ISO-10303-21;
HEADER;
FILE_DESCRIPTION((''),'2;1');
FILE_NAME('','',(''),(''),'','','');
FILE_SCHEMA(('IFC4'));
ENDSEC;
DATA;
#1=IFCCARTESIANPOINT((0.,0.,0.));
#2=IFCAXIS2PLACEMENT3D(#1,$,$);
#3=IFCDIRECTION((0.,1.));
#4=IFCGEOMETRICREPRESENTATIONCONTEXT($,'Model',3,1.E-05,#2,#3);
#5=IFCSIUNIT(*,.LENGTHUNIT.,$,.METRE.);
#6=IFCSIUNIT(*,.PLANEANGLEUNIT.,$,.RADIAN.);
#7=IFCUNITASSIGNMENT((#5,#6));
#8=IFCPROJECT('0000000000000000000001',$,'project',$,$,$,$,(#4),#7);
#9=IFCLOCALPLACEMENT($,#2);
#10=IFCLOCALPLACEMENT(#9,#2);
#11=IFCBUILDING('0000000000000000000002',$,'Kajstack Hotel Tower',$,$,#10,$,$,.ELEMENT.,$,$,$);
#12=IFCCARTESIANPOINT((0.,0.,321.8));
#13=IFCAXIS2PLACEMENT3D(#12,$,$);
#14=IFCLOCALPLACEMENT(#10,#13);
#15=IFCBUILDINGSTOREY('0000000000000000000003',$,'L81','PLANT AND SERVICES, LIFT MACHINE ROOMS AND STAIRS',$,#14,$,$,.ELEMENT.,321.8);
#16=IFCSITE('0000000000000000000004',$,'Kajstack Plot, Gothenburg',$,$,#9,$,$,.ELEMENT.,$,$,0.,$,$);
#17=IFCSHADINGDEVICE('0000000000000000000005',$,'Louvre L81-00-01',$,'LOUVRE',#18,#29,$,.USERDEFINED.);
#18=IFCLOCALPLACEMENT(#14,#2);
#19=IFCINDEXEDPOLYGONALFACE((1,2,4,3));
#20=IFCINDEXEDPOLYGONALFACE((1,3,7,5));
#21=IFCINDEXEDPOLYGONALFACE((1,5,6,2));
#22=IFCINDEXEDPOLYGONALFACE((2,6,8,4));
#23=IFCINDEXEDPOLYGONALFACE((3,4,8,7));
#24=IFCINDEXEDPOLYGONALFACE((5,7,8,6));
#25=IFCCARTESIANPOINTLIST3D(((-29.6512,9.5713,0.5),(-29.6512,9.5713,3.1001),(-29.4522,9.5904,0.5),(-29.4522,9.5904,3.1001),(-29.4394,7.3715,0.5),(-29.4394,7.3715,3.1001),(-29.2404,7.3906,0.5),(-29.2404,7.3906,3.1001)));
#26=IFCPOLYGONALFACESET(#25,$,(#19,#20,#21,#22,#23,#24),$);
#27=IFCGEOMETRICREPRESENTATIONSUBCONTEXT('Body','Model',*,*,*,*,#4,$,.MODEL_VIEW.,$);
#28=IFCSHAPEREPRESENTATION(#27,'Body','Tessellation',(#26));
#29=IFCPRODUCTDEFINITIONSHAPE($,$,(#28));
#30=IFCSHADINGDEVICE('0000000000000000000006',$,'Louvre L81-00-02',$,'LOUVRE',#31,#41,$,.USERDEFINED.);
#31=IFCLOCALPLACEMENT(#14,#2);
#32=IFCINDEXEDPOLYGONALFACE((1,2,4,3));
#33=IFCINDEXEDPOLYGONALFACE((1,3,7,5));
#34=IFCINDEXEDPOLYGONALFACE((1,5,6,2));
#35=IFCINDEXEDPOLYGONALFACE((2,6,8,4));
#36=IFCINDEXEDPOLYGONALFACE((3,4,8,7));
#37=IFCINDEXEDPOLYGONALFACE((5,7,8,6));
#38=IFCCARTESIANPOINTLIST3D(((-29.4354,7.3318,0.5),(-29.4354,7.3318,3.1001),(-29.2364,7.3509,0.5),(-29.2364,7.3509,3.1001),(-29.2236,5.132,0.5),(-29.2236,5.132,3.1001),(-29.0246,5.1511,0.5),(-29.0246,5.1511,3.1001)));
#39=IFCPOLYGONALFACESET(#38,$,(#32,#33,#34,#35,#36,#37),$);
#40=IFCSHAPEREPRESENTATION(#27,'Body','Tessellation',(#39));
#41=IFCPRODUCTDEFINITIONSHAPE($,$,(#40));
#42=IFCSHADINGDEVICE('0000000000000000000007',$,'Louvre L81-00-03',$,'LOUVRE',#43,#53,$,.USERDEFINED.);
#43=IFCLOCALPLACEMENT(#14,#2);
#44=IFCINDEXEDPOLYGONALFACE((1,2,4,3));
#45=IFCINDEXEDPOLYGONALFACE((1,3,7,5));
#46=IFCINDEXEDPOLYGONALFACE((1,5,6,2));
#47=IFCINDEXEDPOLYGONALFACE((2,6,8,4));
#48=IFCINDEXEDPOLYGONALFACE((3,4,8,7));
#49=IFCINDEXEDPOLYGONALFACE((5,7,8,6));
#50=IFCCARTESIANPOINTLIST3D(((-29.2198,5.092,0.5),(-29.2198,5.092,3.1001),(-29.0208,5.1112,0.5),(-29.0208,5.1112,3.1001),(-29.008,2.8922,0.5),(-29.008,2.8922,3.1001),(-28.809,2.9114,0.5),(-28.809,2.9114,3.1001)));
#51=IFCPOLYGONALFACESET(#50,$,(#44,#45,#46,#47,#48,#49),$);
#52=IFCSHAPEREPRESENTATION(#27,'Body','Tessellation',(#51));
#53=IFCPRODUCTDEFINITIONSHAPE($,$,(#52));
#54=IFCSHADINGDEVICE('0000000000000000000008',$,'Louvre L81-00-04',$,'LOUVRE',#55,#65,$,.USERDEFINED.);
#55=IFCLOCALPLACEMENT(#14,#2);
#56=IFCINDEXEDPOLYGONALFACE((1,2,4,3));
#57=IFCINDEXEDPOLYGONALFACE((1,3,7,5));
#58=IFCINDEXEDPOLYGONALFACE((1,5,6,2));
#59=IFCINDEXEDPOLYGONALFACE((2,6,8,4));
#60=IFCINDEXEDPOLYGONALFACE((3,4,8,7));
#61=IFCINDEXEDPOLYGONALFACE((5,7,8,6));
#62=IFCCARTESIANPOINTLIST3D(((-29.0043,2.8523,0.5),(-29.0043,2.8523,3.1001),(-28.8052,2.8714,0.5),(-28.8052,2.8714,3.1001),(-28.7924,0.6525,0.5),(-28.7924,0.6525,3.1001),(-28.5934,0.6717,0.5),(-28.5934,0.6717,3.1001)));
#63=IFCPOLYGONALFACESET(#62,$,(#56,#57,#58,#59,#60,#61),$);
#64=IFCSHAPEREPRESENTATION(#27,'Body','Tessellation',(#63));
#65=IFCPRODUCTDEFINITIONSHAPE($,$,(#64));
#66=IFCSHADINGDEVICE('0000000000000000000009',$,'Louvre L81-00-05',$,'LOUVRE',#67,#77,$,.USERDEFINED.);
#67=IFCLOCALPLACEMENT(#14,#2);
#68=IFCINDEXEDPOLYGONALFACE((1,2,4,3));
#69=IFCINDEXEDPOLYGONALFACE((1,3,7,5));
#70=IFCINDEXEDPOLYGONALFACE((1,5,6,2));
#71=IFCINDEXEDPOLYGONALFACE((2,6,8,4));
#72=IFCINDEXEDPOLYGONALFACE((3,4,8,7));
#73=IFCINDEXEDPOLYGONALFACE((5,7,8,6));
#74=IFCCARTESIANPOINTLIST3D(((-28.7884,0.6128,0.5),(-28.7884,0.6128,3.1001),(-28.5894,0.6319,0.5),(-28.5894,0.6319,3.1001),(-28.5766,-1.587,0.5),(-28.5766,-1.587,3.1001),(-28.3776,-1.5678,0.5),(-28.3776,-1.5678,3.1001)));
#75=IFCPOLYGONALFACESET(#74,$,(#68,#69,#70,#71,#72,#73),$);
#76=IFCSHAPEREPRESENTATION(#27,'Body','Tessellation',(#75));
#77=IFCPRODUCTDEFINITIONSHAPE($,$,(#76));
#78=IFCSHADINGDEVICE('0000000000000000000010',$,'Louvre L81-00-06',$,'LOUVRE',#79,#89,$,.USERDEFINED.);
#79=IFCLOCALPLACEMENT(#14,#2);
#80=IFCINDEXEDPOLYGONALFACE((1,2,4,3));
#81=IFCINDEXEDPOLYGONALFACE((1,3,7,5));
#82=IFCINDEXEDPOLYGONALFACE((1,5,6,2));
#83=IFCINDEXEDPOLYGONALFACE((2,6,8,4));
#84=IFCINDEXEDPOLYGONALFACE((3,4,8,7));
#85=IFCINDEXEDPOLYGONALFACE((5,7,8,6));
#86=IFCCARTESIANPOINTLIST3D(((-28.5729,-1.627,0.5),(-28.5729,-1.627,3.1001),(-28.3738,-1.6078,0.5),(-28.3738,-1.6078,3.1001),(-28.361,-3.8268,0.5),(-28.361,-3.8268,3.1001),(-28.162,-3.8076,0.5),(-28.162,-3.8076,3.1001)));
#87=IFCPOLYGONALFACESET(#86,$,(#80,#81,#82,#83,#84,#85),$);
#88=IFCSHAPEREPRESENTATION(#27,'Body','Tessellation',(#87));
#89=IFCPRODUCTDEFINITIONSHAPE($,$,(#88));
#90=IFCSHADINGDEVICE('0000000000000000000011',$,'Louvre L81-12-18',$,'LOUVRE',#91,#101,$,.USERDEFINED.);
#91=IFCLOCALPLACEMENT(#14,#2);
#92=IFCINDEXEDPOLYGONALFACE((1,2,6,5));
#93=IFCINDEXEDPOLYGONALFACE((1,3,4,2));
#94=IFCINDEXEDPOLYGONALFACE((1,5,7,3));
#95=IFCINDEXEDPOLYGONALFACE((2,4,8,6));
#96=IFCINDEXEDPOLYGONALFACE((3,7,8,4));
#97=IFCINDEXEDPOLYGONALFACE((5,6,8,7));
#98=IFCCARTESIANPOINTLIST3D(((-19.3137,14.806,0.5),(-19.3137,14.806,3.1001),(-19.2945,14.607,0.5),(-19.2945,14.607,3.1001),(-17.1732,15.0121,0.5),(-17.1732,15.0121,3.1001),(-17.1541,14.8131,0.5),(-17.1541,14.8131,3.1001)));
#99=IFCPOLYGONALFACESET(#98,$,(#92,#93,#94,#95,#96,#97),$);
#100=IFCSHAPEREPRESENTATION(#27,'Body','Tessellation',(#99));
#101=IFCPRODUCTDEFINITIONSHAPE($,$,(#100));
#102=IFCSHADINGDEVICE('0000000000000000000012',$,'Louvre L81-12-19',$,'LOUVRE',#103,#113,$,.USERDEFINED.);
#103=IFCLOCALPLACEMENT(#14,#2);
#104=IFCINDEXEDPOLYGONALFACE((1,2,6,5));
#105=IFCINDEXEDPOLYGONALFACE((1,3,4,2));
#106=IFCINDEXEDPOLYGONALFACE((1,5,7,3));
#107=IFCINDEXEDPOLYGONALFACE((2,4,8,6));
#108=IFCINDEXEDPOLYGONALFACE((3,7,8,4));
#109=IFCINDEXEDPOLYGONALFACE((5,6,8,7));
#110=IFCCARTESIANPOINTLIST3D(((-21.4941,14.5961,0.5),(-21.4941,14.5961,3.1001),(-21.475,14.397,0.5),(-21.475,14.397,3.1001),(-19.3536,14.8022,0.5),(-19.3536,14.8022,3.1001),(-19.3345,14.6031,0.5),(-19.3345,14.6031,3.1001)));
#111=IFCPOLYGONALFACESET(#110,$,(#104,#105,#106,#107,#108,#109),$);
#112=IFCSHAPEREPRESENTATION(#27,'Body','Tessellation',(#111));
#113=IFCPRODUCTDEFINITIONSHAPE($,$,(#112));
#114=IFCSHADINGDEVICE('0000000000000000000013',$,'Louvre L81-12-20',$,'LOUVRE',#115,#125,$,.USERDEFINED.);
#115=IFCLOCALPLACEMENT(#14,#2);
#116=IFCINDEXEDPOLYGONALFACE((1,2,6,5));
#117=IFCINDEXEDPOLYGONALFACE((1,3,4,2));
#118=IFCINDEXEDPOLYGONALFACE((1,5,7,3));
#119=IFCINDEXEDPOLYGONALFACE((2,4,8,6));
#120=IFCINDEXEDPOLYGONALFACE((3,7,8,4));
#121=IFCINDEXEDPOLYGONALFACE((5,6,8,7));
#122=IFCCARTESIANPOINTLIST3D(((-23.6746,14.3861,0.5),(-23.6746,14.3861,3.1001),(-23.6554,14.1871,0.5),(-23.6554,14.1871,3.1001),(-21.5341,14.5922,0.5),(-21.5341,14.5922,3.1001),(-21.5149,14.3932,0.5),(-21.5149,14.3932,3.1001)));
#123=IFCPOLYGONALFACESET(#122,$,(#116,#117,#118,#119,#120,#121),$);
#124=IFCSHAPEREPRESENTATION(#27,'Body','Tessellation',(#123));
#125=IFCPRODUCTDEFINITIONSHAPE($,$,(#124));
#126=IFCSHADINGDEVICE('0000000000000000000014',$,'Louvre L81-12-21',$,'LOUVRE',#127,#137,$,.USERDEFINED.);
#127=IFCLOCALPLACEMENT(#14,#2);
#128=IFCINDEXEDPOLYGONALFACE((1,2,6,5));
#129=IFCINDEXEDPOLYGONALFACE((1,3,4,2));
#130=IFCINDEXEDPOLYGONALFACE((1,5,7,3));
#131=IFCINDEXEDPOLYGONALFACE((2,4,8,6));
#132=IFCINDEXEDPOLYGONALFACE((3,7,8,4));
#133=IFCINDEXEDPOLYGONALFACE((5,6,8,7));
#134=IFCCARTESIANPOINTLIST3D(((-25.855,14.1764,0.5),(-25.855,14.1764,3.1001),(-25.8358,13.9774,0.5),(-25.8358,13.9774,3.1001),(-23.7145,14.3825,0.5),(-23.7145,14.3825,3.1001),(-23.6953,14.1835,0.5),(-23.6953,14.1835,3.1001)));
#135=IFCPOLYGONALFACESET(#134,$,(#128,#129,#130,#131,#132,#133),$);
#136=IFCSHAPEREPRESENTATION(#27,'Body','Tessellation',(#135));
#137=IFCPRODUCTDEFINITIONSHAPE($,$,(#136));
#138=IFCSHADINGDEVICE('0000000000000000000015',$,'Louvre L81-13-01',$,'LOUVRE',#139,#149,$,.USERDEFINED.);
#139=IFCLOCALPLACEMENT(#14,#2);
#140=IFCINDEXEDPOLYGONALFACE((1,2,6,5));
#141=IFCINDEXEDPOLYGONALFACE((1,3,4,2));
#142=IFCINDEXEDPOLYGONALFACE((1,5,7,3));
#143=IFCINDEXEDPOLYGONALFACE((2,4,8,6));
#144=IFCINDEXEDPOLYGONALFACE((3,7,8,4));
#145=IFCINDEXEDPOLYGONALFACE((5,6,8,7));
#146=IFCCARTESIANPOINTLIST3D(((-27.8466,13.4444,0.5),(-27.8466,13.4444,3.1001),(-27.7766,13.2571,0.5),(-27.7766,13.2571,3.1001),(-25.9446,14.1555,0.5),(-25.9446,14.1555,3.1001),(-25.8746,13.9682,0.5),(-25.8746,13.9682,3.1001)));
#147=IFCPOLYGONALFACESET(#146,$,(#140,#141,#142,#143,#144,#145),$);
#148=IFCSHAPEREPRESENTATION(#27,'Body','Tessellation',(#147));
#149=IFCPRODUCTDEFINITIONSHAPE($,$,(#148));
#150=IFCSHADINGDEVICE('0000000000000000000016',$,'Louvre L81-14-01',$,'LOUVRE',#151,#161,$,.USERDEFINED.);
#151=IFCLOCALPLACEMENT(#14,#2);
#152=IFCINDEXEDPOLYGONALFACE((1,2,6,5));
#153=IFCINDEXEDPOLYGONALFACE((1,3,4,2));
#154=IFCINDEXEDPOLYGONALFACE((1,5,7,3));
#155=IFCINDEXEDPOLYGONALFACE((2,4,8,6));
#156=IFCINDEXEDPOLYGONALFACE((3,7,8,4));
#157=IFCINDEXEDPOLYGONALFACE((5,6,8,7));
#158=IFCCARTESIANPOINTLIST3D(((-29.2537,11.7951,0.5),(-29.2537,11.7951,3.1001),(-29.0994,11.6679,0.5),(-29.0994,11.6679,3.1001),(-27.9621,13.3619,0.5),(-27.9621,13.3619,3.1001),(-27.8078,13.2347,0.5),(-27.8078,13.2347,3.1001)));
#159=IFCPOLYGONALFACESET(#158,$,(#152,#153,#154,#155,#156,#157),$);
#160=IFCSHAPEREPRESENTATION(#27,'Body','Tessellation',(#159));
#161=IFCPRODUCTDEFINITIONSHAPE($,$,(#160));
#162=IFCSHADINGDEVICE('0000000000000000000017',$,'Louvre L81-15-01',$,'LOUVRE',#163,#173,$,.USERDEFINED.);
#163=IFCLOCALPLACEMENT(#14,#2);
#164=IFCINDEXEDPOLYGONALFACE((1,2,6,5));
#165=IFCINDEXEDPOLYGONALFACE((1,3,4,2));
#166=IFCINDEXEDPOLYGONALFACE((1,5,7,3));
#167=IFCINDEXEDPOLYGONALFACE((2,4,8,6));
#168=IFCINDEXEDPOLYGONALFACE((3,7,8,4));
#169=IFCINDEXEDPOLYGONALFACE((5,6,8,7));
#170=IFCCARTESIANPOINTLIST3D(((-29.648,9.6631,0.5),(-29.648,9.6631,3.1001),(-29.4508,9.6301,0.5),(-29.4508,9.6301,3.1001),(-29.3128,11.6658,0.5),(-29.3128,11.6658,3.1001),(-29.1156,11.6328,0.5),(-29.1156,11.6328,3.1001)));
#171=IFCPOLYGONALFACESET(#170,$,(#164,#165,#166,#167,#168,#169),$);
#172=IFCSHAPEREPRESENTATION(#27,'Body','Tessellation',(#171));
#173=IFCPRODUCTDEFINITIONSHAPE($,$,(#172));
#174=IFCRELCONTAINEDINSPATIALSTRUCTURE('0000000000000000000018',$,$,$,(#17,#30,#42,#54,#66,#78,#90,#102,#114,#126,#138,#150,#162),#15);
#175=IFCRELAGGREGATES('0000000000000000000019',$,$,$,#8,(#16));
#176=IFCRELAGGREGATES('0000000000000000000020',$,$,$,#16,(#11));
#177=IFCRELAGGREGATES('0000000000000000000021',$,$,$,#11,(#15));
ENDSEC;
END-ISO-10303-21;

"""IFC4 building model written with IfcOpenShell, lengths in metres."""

from ifc_helpers import new_model, si_unit, direction, frame, origin, origin_2d, place, context, subcontext, project, spatial, rectangle, extrude, element, save


model = new_model("IFC4")

# Units and contexts
model_context = context("Model", 3, precision=1e-05, world=origin(), true_north=direction((0.0, 1.0)))
body_context = subcontext(model_context, "Body", "Model", "MODEL_VIEW")
ifc_project = project(units=[si_unit("LENGTHUNIT", "METRE"), si_unit("PLANEANGLEUNIT", "RADIAN")], contexts=[model_context])

# Site, building, storey
site_placement = place(None, origin())
site = spatial("IfcSite", under=ifc_project, at=site_placement, Name="Kajstack Plot, Gothenburg", CompositionType="ELEMENT", RefElevation=0.0)
building_placement = place(site_placement, origin())
building = spatial("IfcBuilding", under=site, at=building_placement, Name="Kajstack Hotel Tower", CompositionType="ELEMENT")
storey_placement = place(building_placement, frame((0.0, 0.0, 321.8)))
storey = spatial("IfcBuildingStorey", under=building, at=storey_placement, Name="L81", Description="PLANT AND SERVICES, LIFT MACHINE ROOMS AND STAIRS", CompositionType="ELEMENT", Elevation=321.8)

# Shading devices
for number, where, z_axis, x_axis, name in (
    (1, (-29.4458, 8.481, 0.5), (0.0, 0.0, 1.0), (0.095849, -0.995396, 0.0), "Louvre L81-00-01"),
    (2, (-29.23, 6.2415, 0.5), (0.0, 0.0, 1.0), (0.095849, -0.995396, 0.0), "Louvre L81-00-02"),
    (3, (-29.0144, 4.0017, 0.5), (0.0, 0.0, 1.0), (0.095849, -0.995396, 0.0), "Louvre L81-00-03"),
    (4, (-28.7988, 1.762, 0.5), (0.0, 0.0, 1.0), (0.095849, -0.995396, 0.0), "Louvre L81-00-04"),
    (5, (-28.583, -0.4775, 0.5), (0.0, 0.0, 1.0), (0.095849, -0.995396, 0.0), "Louvre L81-00-05"),
    (6, (-28.3674, -2.7173, 0.5), (0.0, 0.0, 1.0), (0.095849, -0.995396, 0.0), "Louvre L81-00-06"),
):
    element("IfcShadingDevice", number, at=place(storey_placement, frame(where, z_axis=z_axis, x_axis=x_axis)), inside=storey, Name=name, ObjectType="LOUVRE", PredefinedType="USERDEFINED", context=body_context, shape_type="SweptSolid", body=[
        extrude(rectangle(XDim=2.21, YDim=0.2, at=origin_2d()), origin(), (0.0, 0.0, 1.0), 2.6001),
    ])
for number, where, z_axis, x_axis, name in (
    (7, (-18.2339, 14.8096, 0.5), (0.0, 0.0, 1.0), (-0.995396, -0.095845, 0.0), "Louvre L81-12-18"),
    (8, (-20.4143, 14.5996, 0.5), (0.0, 0.0, 1.0), (-0.995396, -0.095845, 0.0), "Louvre L81-12-19"),
    (9, (-22.5947, 14.3896, 0.5), (0.0, 0.0, 1.0), (-0.995396, -0.095845, 0.0), "Louvre L81-12-20"),
    (10, (-24.7751, 14.1799, 0.5), (0.0, 0.0, 1.0), (-0.995396, -0.095845, 0.0), "Louvre L81-12-21"),
):
    element("IfcShadingDevice", number, at=place(storey_placement, frame(where, z_axis=z_axis, x_axis=x_axis)), inside=storey, Name=name, ObjectType="LOUVRE", PredefinedType="USERDEFINED", context=body_context, shape_type="SweptSolid", body=[
        extrude(rectangle(XDim=2.1504, YDim=0.2, at=origin_2d()), origin(), (0.0, 0.0, 1.0), 2.6001),
    ])
for number, where, z_axis, x_axis, name in (
    (11, (-26.8606, 13.7063, 0.5), (0.0, 0.0, 1.0), (-0.936674, -0.350202, 0.0), "Louvre L81-13-01"),
    (12, (-28.5308, 12.5149, 0.5), (0.0, 0.0, 1.0), (-0.636066, -0.771635, 0.0), "Louvre L81-14-01"),
    (13, (-29.3818, 10.6479, 0.5), (0.0, 0.0, 1.0), (-0.16508, -0.98628, 0.0), "Louvre L81-15-01"),
):
    element("IfcShadingDevice", number, at=place(storey_placement, frame(where, z_axis=z_axis, x_axis=x_axis)), inside=storey, Name=name, ObjectType="LOUVRE", PredefinedType="USERDEFINED", context=body_context, shape_type="SweptSolid", body=[
        extrude(rectangle(XDim=2.0305, YDim=0.2, at=origin_2d()), origin(), (0.0, 0.0, 1.0), 2.6001),
    ])

save(model, "model.ifc")
